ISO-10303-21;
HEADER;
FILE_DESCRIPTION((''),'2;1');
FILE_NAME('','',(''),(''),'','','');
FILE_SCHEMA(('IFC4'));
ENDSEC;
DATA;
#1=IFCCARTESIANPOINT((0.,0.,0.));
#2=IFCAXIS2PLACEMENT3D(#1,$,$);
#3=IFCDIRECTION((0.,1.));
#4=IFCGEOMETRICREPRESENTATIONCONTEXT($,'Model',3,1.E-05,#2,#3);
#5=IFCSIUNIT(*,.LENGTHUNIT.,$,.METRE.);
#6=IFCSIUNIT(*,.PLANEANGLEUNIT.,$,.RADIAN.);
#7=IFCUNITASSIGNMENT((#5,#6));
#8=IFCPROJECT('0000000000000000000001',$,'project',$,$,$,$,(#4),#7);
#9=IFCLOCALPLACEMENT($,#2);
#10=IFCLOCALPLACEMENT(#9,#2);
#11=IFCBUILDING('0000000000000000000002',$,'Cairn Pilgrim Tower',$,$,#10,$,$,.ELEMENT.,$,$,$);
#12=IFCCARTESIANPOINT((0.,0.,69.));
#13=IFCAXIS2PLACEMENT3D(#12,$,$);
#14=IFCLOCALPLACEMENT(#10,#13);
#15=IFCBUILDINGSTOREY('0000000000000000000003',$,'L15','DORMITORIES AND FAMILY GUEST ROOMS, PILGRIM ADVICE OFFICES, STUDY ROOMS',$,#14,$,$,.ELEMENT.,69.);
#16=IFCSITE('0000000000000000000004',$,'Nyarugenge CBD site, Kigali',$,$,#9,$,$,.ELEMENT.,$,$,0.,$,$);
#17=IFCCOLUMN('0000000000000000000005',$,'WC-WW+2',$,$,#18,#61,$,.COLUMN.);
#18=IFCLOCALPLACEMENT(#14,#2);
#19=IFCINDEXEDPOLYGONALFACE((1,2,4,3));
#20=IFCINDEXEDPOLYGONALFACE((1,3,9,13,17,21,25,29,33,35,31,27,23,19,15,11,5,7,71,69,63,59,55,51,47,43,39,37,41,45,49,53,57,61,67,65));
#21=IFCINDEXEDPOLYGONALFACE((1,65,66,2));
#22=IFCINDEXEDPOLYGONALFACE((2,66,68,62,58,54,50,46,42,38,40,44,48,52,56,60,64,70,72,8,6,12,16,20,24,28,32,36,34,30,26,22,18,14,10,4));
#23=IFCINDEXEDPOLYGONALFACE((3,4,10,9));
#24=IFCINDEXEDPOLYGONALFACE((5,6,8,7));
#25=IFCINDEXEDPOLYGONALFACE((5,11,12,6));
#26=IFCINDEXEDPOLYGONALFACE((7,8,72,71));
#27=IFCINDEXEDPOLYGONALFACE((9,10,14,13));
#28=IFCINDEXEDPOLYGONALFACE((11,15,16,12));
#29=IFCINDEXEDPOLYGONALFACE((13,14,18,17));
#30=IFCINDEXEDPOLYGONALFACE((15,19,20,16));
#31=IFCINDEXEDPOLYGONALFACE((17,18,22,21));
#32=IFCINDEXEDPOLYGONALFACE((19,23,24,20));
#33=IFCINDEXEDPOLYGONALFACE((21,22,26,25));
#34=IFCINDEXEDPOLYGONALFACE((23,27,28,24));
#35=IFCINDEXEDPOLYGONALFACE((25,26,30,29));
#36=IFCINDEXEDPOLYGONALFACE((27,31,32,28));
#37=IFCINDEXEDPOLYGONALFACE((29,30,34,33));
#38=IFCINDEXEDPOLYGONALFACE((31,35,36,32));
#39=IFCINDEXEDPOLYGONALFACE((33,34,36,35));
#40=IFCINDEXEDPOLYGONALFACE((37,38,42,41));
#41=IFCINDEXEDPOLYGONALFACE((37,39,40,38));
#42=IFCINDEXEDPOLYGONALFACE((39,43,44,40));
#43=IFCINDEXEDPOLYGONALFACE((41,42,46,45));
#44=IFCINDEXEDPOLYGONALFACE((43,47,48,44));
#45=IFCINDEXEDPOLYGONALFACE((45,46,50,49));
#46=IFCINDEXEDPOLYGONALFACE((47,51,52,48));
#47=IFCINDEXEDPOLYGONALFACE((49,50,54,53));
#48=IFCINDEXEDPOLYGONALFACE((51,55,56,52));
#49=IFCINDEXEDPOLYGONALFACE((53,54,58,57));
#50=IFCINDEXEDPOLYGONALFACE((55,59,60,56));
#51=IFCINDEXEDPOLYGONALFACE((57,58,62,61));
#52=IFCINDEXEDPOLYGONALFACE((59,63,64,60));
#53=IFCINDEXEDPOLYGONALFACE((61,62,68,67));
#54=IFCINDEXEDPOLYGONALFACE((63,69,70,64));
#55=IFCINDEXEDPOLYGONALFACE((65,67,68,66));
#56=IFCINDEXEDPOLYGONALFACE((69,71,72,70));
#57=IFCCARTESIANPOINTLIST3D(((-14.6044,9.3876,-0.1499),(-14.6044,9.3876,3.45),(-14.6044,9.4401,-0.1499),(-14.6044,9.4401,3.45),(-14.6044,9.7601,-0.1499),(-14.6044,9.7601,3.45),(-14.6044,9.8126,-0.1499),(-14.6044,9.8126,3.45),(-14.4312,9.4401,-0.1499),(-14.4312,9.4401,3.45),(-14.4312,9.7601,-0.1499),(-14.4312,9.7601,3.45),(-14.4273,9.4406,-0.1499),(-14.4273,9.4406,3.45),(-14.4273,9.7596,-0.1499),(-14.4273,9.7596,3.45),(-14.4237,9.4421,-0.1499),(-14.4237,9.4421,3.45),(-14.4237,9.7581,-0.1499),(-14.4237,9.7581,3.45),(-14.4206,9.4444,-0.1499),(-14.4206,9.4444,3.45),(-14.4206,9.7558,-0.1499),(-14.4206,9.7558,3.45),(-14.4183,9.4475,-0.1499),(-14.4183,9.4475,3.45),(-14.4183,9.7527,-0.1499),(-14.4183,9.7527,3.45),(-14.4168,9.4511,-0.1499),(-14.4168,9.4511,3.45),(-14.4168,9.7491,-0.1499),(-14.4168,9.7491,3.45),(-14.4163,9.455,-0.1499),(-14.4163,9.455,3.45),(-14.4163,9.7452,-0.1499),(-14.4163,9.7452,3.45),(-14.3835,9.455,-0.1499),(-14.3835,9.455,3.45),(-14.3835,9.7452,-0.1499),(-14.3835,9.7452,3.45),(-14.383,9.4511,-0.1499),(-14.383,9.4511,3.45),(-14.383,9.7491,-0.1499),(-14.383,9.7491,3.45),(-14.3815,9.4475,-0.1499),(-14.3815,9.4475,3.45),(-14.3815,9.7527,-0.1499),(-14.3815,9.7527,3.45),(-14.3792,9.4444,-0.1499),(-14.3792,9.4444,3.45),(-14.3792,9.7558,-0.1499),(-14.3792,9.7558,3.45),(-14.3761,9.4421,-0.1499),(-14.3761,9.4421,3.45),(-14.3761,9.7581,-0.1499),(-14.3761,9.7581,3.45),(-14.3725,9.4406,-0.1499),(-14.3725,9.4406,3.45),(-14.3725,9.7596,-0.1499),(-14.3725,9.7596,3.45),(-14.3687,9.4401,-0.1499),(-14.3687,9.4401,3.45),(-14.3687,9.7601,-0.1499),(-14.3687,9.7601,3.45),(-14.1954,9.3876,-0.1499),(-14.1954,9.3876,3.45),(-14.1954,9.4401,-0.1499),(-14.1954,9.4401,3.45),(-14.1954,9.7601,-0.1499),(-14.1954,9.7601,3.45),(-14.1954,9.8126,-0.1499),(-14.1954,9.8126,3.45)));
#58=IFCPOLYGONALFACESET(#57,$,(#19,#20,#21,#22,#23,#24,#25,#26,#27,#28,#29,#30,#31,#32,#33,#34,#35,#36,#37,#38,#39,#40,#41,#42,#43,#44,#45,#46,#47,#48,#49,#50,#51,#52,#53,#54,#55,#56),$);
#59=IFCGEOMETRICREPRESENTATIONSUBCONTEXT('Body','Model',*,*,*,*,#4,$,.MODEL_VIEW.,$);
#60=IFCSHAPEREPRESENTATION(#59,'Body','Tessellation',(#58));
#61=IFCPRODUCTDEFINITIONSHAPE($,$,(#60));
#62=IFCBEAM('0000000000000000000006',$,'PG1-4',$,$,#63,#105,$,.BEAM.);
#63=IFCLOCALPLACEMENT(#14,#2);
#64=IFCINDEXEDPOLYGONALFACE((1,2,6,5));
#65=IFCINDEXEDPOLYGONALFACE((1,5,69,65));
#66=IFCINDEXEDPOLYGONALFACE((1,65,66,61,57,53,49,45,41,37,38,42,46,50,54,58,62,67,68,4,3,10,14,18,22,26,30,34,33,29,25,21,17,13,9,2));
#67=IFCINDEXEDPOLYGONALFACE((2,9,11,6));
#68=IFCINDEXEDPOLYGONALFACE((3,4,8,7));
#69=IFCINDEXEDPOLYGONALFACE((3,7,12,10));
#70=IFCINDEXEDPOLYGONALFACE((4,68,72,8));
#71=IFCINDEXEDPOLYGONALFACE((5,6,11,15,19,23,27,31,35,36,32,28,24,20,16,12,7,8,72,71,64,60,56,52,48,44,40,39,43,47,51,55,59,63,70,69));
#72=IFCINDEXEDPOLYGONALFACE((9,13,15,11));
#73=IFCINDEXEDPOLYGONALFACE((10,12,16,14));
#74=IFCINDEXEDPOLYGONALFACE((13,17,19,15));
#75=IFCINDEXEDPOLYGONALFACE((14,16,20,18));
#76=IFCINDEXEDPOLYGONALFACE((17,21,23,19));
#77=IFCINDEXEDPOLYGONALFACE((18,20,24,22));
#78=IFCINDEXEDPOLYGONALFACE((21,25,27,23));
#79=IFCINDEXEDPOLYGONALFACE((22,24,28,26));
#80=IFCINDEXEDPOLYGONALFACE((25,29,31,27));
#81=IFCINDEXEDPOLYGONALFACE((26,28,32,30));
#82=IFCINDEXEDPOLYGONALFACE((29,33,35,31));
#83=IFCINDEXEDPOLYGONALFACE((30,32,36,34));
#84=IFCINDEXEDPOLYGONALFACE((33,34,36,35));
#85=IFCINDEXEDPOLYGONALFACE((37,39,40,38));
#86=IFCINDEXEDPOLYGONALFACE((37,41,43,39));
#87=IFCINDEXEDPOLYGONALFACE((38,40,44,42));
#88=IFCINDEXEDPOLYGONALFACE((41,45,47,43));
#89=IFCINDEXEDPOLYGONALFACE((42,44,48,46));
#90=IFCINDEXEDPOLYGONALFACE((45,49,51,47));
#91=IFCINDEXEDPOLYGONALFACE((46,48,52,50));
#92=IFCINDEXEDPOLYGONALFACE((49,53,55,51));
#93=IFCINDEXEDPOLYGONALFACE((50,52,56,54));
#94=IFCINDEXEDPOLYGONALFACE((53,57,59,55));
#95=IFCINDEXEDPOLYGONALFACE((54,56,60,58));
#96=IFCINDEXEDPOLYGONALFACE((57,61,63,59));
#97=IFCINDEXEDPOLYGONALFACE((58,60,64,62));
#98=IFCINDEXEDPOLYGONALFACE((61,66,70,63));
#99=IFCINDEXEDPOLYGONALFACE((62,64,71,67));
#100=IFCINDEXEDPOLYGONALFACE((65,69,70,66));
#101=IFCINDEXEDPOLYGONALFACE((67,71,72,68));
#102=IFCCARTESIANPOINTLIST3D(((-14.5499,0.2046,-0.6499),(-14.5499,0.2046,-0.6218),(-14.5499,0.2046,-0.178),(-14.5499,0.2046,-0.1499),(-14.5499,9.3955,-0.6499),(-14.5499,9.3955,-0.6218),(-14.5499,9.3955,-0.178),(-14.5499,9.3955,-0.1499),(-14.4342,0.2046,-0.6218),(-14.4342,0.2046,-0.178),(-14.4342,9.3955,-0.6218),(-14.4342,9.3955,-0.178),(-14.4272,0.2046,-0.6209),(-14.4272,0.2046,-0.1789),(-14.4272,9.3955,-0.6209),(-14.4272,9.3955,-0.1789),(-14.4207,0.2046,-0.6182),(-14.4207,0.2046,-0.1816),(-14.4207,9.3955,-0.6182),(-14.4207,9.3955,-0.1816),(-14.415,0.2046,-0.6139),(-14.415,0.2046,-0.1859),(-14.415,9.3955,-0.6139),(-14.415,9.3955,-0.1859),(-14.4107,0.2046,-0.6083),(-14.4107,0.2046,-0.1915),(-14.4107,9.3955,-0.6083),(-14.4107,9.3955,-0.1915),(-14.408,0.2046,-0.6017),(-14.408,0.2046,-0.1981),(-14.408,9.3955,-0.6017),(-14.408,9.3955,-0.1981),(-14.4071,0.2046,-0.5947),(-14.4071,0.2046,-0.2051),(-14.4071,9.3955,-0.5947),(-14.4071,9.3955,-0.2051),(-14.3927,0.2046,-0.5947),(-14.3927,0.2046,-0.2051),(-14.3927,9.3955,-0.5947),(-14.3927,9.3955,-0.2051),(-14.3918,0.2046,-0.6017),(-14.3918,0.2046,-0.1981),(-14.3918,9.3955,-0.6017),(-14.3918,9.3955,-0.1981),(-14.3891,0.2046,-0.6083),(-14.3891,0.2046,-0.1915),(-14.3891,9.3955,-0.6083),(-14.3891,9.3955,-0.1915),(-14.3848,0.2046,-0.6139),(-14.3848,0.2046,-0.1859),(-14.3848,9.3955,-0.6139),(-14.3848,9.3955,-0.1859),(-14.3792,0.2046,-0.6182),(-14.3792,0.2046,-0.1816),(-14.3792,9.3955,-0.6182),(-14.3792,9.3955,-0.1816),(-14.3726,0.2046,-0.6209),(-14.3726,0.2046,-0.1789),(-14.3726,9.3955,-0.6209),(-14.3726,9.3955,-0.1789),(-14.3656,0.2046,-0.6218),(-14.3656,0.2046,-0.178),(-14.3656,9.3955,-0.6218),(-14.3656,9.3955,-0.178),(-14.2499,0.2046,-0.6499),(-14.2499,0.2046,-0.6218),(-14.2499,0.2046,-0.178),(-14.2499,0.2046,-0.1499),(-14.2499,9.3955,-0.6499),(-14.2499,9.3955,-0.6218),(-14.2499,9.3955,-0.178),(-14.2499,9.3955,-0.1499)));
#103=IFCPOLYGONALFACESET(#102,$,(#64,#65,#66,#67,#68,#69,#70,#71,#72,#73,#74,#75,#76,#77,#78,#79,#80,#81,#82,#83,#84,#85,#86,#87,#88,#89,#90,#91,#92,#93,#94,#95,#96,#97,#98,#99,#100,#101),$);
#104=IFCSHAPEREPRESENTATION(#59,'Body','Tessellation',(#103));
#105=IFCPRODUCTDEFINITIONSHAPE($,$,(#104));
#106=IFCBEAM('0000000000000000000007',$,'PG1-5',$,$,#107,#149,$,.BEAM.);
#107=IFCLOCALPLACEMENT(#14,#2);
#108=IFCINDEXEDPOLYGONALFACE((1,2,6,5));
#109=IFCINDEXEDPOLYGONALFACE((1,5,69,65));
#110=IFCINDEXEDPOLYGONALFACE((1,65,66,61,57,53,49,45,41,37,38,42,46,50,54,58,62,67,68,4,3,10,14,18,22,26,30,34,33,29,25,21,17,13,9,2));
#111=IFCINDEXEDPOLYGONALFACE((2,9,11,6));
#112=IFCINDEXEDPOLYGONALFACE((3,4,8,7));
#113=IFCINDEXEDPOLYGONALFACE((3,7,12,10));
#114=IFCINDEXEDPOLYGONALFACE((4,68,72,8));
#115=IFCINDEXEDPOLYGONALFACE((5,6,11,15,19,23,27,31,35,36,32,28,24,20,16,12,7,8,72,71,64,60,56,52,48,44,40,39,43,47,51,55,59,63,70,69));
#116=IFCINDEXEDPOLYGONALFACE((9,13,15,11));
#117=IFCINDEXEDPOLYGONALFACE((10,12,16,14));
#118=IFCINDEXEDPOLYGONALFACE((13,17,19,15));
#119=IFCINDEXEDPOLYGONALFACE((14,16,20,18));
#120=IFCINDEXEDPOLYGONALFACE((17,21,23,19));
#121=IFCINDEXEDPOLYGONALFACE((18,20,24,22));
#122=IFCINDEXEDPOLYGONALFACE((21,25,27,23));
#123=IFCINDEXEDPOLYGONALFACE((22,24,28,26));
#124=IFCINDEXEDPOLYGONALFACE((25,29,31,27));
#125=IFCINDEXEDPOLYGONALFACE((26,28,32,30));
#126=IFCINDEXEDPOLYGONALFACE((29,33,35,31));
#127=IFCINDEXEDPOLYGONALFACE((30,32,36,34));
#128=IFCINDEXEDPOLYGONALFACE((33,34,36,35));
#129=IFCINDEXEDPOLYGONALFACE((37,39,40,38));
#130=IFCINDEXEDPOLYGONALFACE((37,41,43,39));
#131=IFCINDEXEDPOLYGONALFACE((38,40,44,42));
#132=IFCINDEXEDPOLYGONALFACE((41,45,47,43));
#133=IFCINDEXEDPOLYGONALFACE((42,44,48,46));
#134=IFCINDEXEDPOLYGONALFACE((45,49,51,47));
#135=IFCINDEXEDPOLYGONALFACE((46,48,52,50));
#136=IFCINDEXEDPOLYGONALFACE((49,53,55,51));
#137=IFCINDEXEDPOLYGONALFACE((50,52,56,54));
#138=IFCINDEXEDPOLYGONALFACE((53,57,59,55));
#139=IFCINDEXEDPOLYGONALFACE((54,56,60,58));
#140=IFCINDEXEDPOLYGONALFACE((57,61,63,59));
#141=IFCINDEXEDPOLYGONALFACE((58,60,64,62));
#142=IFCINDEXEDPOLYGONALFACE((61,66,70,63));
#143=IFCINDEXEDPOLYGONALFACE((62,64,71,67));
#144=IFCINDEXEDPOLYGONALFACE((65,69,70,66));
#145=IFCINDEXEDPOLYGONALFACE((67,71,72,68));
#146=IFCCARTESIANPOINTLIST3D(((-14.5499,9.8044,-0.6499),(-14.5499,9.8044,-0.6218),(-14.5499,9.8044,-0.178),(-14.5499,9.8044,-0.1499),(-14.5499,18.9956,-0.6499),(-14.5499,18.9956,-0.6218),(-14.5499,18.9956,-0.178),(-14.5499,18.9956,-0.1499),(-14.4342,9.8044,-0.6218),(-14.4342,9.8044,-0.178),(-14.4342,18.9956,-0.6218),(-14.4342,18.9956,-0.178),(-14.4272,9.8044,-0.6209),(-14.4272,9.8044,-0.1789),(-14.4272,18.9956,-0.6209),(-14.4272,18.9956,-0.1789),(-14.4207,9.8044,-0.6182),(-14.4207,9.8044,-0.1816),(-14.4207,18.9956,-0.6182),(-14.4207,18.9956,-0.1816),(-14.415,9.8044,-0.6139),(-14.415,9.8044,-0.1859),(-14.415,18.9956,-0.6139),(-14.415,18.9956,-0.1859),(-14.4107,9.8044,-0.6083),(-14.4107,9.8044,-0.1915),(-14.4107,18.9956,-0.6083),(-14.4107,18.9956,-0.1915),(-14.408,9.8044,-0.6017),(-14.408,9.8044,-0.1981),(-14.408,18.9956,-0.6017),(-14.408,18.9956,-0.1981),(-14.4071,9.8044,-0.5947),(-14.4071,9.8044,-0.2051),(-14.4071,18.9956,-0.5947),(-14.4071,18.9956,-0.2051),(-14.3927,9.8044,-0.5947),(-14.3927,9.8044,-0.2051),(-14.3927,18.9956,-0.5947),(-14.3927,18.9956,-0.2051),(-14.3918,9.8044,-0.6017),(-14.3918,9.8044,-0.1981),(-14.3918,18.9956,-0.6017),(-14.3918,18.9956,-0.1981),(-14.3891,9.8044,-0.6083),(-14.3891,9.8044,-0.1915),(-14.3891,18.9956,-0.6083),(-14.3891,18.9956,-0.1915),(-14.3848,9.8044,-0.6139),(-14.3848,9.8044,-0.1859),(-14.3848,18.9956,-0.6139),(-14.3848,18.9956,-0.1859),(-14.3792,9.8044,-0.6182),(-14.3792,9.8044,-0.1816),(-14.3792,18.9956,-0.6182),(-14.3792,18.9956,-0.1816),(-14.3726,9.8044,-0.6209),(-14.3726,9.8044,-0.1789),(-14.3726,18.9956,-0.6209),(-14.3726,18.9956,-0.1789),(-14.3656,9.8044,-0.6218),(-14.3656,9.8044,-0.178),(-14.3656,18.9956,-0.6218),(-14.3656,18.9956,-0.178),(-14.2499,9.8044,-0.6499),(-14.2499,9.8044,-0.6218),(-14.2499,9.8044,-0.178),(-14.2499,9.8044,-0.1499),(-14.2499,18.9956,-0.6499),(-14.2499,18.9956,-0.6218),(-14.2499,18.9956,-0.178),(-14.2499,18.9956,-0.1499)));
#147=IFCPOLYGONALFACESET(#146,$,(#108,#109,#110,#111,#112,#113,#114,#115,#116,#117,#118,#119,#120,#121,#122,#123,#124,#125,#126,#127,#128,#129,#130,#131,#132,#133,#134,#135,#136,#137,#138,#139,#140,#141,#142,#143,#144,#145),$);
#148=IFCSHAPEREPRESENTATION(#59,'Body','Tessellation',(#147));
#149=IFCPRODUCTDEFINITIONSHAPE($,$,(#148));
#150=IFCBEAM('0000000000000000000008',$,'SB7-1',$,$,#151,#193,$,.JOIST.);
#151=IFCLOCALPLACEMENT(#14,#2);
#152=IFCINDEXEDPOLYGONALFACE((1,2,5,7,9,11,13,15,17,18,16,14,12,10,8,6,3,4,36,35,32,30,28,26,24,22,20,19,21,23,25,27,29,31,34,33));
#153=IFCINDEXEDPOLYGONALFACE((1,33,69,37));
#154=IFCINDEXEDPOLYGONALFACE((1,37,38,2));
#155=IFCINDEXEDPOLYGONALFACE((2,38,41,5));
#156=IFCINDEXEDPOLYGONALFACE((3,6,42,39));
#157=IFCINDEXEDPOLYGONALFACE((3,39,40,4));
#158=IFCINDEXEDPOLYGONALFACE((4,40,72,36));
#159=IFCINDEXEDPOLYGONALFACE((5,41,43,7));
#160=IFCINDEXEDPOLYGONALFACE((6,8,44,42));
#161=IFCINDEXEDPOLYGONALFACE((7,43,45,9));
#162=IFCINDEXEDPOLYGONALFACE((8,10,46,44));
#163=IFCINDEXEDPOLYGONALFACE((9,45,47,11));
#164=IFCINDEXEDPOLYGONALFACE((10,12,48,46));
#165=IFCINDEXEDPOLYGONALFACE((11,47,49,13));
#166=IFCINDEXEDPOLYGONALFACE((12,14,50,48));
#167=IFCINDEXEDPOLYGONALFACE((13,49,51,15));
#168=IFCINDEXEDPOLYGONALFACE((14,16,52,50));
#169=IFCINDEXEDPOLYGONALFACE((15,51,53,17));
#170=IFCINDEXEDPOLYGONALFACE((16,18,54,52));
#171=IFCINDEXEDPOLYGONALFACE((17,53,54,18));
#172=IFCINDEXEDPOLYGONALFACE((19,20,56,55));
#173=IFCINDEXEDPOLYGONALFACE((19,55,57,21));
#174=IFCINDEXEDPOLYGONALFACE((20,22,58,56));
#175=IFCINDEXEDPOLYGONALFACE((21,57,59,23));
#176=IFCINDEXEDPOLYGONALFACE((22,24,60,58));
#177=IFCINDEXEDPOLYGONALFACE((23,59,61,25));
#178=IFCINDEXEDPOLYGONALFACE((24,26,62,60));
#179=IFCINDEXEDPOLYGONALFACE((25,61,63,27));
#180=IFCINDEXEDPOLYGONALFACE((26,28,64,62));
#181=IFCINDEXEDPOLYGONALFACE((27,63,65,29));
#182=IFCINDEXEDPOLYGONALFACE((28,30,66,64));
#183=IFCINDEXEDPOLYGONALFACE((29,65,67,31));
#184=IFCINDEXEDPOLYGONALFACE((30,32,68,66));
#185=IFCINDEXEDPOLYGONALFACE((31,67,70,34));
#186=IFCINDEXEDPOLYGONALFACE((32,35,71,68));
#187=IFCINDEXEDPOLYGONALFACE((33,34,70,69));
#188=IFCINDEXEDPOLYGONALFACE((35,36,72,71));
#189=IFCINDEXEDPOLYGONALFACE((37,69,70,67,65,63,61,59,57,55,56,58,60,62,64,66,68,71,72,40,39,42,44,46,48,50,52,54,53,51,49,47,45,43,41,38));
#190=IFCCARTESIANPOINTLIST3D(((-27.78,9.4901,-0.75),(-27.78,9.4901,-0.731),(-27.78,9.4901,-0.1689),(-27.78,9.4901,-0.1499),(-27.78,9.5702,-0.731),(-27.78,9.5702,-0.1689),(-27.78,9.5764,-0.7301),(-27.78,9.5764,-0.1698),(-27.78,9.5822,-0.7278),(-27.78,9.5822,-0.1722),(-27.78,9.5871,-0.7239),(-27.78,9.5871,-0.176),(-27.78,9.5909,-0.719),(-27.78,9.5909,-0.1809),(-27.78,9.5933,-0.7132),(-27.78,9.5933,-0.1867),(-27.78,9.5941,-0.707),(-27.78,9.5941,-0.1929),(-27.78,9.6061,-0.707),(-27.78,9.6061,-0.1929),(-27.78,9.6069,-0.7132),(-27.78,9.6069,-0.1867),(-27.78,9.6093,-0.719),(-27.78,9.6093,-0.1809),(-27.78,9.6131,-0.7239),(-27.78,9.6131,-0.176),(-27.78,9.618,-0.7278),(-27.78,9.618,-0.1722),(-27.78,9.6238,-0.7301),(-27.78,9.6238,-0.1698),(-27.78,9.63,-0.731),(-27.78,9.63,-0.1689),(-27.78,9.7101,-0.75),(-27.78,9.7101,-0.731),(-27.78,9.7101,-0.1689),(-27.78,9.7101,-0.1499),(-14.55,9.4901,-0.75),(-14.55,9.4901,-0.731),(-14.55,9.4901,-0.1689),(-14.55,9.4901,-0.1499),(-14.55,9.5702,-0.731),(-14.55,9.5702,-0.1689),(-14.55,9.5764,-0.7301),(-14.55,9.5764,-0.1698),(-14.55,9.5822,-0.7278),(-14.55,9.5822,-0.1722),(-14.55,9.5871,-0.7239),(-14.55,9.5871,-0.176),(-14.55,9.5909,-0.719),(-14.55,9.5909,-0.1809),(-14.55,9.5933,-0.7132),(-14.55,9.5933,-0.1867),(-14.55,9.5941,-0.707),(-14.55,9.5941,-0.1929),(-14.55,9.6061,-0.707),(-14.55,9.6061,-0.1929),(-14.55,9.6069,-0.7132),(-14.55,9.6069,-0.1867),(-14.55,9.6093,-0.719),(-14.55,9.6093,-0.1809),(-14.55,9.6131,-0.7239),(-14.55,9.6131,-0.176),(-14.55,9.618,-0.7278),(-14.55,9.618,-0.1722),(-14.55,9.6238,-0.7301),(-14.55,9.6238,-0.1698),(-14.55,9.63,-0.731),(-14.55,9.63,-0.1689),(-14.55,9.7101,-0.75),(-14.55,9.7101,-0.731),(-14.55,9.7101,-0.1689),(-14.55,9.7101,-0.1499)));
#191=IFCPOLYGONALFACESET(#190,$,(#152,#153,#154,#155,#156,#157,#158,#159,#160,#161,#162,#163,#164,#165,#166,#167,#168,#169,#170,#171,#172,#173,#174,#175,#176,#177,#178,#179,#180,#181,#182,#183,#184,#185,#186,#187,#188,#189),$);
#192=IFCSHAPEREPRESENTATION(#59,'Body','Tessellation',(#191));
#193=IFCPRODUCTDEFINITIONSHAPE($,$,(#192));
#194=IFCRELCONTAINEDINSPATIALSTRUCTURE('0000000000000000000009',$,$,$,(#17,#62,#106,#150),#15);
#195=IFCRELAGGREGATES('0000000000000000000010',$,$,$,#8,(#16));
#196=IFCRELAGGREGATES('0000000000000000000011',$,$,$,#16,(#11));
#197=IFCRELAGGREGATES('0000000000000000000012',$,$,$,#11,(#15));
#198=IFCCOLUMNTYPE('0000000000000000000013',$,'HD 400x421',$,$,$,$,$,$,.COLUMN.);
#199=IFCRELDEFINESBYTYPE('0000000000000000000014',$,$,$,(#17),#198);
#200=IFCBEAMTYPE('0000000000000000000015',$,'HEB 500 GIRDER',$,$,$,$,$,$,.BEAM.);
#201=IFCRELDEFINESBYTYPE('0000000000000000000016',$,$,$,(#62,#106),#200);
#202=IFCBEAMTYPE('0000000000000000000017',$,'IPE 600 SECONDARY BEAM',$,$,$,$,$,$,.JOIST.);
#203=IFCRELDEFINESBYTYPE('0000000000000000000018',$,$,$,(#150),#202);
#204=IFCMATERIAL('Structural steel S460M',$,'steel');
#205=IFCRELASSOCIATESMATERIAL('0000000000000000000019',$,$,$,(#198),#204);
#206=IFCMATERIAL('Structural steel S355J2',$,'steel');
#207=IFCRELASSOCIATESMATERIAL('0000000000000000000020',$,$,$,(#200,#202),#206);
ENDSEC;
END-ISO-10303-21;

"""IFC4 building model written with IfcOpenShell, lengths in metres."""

from ifc_helpers import new_model, si_unit, direction, frame, origin, origin_2d, place, context, subcontext, project, spatial, i_section, extrude, material, material_profile, profile_set, type_object, element, save


model = new_model("IFC4")

# Units and contexts
model_context = context("Model", 3, precision=1e-05, world=origin(), true_north=direction((0.0, 1.0)))
body_context = subcontext(model_context, "Body", "Model", "MODEL_VIEW")
ifc_project = project(units=[si_unit("LENGTHUNIT", "METRE"), si_unit("PLANEANGLEUNIT", "RADIAN")], contexts=[model_context])

# Site, building, storey
site_placement = place(None, origin())
site = spatial("IfcSite", under=ifc_project, at=site_placement, Name="Nyarugenge CBD site, Kigali", CompositionType="ELEMENT", RefElevation=0.0)
building_placement = place(site_placement, origin())
building = spatial("IfcBuilding", under=site, at=building_placement, Name="Cairn Pilgrim Tower", CompositionType="ELEMENT")
storey_placement = place(building_placement, frame((0.0, 0.0, 69.0)))
storey = spatial("IfcBuildingStorey", under=building, at=storey_placement, Name="L15", Description="DORMITORIES AND FAMILY GUEST ROOMS, PILGRIM ADVICE OFFICES, STUDY ROOMS", CompositionType="ELEMENT", Elevation=69.0)

# Column
ifc_material_1 = material(Name="Structural steel S460M", Category="steel")
ifc_material_profile_1 = material_profile(ifc_material_1, i_section(OverallWidth=0.4089, OverallDepth=0.425, WebThickness=0.0327, FlangeThickness=0.0525, FilletRadius=0.0149, at=origin_2d()), Name="HD 400x421")
ifc_profile_set_1 = profile_set([ifc_material_profile_1], Name="Structural steel S460M")
column_type = type_object("IfcColumnType", Name="HD 400x421", PredefinedType="COLUMN", material=ifc_profile_set_1)
column_placement = place(storey_placement, frame((-14.3999, 9.6001, -0.1499), z_axis=(0.0, 0.0, 1.0), x_axis=(1.0, 0.0, 0.0)))
element("IfcColumn", 1, at=column_placement, inside=storey, type_object=column_type, Name="WC-WW+2", PredefinedType="COLUMN", context=body_context, shape_type="SweptSolid", body=[
    extrude(i_section(OverallWidth=0.4089, OverallDepth=0.425, WebThickness=0.0327, FlangeThickness=0.0525, FilletRadius=0.0149, at=origin_2d()), origin(), (0.0, 0.0, 1.0), 3.5999),
])

# Beams
ifc_material_2 = material(Name="Structural steel S355J2", Category="steel")
ifc_material_profile_2 = material_profile(ifc_material_2, i_section(OverallWidth=0.3, OverallDepth=0.5, WebThickness=0.0144, FlangeThickness=0.0281, FilletRadius=0.0271, at=origin_2d()), Name="HEB 500")
ifc_profile_set_2 = profile_set([ifc_material_profile_2], Name="Structural steel S355J2")
beam_type_1 = type_object("IfcBeamType", Name="HEB 500 GIRDER", PredefinedType="BEAM", material=ifc_profile_set_2)
beam_1_placement = place(storey_placement, frame((-14.3999, 0.2046, -0.3999), z_axis=(0.0, 1.0, 0.0), x_axis=(-1.0, 0.0, 0.0)))
element("IfcBeam", 2, at=beam_1_placement, inside=storey, type_object=beam_type_1, Name="PG1-4", PredefinedType="BEAM", context=body_context, shape_type="SweptSolid", body=[
    extrude(i_section(OverallWidth=0.3, OverallDepth=0.5, WebThickness=0.0144, FlangeThickness=0.0281, FilletRadius=0.0271, at=origin_2d()), origin(), (0.0, 0.0, 1.0), 9.1909),
])
beam_2_placement = place(storey_placement, frame((-14.3999, 9.8044, -0.3999), z_axis=(0.0, 1.0, 0.0), x_axis=(-1.0, 0.0, 0.0)))
element("IfcBeam", 3, at=beam_2_placement, inside=storey, type_object=beam_type_1, Name="PG1-5", PredefinedType="BEAM", context=body_context, shape_type="SweptSolid", body=[
    extrude(i_section(OverallWidth=0.3, OverallDepth=0.5, WebThickness=0.0144, FlangeThickness=0.0281, FilletRadius=0.0271, at=origin_2d()), origin(), (0.0, 0.0, 1.0), 9.1912),
])
ifc_material_profile_3 = material_profile(ifc_material_2, i_section(OverallWidth=0.22, OverallDepth=0.6001, WebThickness=0.012, FlangeThickness=0.019, FilletRadius=0.0239, at=origin_2d()), Name="IPE 600")
ifc_profile_set_3 = profile_set([ifc_material_profile_3], Name="Structural steel S355J2")
beam_type_2 = type_object("IfcBeamType", Name="IPE 600 SECONDARY BEAM", PredefinedType="JOIST", material=ifc_profile_set_3)
beam_3_placement = place(storey_placement, frame((-27.78, 9.6001, -0.45), z_axis=(1.0, 0.0, 0.0), x_axis=(0.0, 1.0, 0.0)))
element("IfcBeam", 4, at=beam_3_placement, inside=storey, type_object=beam_type_2, Name="SB7-1", PredefinedType="JOIST", context=body_context, shape_type="SweptSolid", body=[
    extrude(i_section(OverallWidth=0.22, OverallDepth=0.6001, WebThickness=0.012, FlangeThickness=0.019, FilletRadius=0.0239, at=origin_2d()), origin(), (0.0, 0.0, 1.0), 13.23),
])

save(model, "model.ifc")
